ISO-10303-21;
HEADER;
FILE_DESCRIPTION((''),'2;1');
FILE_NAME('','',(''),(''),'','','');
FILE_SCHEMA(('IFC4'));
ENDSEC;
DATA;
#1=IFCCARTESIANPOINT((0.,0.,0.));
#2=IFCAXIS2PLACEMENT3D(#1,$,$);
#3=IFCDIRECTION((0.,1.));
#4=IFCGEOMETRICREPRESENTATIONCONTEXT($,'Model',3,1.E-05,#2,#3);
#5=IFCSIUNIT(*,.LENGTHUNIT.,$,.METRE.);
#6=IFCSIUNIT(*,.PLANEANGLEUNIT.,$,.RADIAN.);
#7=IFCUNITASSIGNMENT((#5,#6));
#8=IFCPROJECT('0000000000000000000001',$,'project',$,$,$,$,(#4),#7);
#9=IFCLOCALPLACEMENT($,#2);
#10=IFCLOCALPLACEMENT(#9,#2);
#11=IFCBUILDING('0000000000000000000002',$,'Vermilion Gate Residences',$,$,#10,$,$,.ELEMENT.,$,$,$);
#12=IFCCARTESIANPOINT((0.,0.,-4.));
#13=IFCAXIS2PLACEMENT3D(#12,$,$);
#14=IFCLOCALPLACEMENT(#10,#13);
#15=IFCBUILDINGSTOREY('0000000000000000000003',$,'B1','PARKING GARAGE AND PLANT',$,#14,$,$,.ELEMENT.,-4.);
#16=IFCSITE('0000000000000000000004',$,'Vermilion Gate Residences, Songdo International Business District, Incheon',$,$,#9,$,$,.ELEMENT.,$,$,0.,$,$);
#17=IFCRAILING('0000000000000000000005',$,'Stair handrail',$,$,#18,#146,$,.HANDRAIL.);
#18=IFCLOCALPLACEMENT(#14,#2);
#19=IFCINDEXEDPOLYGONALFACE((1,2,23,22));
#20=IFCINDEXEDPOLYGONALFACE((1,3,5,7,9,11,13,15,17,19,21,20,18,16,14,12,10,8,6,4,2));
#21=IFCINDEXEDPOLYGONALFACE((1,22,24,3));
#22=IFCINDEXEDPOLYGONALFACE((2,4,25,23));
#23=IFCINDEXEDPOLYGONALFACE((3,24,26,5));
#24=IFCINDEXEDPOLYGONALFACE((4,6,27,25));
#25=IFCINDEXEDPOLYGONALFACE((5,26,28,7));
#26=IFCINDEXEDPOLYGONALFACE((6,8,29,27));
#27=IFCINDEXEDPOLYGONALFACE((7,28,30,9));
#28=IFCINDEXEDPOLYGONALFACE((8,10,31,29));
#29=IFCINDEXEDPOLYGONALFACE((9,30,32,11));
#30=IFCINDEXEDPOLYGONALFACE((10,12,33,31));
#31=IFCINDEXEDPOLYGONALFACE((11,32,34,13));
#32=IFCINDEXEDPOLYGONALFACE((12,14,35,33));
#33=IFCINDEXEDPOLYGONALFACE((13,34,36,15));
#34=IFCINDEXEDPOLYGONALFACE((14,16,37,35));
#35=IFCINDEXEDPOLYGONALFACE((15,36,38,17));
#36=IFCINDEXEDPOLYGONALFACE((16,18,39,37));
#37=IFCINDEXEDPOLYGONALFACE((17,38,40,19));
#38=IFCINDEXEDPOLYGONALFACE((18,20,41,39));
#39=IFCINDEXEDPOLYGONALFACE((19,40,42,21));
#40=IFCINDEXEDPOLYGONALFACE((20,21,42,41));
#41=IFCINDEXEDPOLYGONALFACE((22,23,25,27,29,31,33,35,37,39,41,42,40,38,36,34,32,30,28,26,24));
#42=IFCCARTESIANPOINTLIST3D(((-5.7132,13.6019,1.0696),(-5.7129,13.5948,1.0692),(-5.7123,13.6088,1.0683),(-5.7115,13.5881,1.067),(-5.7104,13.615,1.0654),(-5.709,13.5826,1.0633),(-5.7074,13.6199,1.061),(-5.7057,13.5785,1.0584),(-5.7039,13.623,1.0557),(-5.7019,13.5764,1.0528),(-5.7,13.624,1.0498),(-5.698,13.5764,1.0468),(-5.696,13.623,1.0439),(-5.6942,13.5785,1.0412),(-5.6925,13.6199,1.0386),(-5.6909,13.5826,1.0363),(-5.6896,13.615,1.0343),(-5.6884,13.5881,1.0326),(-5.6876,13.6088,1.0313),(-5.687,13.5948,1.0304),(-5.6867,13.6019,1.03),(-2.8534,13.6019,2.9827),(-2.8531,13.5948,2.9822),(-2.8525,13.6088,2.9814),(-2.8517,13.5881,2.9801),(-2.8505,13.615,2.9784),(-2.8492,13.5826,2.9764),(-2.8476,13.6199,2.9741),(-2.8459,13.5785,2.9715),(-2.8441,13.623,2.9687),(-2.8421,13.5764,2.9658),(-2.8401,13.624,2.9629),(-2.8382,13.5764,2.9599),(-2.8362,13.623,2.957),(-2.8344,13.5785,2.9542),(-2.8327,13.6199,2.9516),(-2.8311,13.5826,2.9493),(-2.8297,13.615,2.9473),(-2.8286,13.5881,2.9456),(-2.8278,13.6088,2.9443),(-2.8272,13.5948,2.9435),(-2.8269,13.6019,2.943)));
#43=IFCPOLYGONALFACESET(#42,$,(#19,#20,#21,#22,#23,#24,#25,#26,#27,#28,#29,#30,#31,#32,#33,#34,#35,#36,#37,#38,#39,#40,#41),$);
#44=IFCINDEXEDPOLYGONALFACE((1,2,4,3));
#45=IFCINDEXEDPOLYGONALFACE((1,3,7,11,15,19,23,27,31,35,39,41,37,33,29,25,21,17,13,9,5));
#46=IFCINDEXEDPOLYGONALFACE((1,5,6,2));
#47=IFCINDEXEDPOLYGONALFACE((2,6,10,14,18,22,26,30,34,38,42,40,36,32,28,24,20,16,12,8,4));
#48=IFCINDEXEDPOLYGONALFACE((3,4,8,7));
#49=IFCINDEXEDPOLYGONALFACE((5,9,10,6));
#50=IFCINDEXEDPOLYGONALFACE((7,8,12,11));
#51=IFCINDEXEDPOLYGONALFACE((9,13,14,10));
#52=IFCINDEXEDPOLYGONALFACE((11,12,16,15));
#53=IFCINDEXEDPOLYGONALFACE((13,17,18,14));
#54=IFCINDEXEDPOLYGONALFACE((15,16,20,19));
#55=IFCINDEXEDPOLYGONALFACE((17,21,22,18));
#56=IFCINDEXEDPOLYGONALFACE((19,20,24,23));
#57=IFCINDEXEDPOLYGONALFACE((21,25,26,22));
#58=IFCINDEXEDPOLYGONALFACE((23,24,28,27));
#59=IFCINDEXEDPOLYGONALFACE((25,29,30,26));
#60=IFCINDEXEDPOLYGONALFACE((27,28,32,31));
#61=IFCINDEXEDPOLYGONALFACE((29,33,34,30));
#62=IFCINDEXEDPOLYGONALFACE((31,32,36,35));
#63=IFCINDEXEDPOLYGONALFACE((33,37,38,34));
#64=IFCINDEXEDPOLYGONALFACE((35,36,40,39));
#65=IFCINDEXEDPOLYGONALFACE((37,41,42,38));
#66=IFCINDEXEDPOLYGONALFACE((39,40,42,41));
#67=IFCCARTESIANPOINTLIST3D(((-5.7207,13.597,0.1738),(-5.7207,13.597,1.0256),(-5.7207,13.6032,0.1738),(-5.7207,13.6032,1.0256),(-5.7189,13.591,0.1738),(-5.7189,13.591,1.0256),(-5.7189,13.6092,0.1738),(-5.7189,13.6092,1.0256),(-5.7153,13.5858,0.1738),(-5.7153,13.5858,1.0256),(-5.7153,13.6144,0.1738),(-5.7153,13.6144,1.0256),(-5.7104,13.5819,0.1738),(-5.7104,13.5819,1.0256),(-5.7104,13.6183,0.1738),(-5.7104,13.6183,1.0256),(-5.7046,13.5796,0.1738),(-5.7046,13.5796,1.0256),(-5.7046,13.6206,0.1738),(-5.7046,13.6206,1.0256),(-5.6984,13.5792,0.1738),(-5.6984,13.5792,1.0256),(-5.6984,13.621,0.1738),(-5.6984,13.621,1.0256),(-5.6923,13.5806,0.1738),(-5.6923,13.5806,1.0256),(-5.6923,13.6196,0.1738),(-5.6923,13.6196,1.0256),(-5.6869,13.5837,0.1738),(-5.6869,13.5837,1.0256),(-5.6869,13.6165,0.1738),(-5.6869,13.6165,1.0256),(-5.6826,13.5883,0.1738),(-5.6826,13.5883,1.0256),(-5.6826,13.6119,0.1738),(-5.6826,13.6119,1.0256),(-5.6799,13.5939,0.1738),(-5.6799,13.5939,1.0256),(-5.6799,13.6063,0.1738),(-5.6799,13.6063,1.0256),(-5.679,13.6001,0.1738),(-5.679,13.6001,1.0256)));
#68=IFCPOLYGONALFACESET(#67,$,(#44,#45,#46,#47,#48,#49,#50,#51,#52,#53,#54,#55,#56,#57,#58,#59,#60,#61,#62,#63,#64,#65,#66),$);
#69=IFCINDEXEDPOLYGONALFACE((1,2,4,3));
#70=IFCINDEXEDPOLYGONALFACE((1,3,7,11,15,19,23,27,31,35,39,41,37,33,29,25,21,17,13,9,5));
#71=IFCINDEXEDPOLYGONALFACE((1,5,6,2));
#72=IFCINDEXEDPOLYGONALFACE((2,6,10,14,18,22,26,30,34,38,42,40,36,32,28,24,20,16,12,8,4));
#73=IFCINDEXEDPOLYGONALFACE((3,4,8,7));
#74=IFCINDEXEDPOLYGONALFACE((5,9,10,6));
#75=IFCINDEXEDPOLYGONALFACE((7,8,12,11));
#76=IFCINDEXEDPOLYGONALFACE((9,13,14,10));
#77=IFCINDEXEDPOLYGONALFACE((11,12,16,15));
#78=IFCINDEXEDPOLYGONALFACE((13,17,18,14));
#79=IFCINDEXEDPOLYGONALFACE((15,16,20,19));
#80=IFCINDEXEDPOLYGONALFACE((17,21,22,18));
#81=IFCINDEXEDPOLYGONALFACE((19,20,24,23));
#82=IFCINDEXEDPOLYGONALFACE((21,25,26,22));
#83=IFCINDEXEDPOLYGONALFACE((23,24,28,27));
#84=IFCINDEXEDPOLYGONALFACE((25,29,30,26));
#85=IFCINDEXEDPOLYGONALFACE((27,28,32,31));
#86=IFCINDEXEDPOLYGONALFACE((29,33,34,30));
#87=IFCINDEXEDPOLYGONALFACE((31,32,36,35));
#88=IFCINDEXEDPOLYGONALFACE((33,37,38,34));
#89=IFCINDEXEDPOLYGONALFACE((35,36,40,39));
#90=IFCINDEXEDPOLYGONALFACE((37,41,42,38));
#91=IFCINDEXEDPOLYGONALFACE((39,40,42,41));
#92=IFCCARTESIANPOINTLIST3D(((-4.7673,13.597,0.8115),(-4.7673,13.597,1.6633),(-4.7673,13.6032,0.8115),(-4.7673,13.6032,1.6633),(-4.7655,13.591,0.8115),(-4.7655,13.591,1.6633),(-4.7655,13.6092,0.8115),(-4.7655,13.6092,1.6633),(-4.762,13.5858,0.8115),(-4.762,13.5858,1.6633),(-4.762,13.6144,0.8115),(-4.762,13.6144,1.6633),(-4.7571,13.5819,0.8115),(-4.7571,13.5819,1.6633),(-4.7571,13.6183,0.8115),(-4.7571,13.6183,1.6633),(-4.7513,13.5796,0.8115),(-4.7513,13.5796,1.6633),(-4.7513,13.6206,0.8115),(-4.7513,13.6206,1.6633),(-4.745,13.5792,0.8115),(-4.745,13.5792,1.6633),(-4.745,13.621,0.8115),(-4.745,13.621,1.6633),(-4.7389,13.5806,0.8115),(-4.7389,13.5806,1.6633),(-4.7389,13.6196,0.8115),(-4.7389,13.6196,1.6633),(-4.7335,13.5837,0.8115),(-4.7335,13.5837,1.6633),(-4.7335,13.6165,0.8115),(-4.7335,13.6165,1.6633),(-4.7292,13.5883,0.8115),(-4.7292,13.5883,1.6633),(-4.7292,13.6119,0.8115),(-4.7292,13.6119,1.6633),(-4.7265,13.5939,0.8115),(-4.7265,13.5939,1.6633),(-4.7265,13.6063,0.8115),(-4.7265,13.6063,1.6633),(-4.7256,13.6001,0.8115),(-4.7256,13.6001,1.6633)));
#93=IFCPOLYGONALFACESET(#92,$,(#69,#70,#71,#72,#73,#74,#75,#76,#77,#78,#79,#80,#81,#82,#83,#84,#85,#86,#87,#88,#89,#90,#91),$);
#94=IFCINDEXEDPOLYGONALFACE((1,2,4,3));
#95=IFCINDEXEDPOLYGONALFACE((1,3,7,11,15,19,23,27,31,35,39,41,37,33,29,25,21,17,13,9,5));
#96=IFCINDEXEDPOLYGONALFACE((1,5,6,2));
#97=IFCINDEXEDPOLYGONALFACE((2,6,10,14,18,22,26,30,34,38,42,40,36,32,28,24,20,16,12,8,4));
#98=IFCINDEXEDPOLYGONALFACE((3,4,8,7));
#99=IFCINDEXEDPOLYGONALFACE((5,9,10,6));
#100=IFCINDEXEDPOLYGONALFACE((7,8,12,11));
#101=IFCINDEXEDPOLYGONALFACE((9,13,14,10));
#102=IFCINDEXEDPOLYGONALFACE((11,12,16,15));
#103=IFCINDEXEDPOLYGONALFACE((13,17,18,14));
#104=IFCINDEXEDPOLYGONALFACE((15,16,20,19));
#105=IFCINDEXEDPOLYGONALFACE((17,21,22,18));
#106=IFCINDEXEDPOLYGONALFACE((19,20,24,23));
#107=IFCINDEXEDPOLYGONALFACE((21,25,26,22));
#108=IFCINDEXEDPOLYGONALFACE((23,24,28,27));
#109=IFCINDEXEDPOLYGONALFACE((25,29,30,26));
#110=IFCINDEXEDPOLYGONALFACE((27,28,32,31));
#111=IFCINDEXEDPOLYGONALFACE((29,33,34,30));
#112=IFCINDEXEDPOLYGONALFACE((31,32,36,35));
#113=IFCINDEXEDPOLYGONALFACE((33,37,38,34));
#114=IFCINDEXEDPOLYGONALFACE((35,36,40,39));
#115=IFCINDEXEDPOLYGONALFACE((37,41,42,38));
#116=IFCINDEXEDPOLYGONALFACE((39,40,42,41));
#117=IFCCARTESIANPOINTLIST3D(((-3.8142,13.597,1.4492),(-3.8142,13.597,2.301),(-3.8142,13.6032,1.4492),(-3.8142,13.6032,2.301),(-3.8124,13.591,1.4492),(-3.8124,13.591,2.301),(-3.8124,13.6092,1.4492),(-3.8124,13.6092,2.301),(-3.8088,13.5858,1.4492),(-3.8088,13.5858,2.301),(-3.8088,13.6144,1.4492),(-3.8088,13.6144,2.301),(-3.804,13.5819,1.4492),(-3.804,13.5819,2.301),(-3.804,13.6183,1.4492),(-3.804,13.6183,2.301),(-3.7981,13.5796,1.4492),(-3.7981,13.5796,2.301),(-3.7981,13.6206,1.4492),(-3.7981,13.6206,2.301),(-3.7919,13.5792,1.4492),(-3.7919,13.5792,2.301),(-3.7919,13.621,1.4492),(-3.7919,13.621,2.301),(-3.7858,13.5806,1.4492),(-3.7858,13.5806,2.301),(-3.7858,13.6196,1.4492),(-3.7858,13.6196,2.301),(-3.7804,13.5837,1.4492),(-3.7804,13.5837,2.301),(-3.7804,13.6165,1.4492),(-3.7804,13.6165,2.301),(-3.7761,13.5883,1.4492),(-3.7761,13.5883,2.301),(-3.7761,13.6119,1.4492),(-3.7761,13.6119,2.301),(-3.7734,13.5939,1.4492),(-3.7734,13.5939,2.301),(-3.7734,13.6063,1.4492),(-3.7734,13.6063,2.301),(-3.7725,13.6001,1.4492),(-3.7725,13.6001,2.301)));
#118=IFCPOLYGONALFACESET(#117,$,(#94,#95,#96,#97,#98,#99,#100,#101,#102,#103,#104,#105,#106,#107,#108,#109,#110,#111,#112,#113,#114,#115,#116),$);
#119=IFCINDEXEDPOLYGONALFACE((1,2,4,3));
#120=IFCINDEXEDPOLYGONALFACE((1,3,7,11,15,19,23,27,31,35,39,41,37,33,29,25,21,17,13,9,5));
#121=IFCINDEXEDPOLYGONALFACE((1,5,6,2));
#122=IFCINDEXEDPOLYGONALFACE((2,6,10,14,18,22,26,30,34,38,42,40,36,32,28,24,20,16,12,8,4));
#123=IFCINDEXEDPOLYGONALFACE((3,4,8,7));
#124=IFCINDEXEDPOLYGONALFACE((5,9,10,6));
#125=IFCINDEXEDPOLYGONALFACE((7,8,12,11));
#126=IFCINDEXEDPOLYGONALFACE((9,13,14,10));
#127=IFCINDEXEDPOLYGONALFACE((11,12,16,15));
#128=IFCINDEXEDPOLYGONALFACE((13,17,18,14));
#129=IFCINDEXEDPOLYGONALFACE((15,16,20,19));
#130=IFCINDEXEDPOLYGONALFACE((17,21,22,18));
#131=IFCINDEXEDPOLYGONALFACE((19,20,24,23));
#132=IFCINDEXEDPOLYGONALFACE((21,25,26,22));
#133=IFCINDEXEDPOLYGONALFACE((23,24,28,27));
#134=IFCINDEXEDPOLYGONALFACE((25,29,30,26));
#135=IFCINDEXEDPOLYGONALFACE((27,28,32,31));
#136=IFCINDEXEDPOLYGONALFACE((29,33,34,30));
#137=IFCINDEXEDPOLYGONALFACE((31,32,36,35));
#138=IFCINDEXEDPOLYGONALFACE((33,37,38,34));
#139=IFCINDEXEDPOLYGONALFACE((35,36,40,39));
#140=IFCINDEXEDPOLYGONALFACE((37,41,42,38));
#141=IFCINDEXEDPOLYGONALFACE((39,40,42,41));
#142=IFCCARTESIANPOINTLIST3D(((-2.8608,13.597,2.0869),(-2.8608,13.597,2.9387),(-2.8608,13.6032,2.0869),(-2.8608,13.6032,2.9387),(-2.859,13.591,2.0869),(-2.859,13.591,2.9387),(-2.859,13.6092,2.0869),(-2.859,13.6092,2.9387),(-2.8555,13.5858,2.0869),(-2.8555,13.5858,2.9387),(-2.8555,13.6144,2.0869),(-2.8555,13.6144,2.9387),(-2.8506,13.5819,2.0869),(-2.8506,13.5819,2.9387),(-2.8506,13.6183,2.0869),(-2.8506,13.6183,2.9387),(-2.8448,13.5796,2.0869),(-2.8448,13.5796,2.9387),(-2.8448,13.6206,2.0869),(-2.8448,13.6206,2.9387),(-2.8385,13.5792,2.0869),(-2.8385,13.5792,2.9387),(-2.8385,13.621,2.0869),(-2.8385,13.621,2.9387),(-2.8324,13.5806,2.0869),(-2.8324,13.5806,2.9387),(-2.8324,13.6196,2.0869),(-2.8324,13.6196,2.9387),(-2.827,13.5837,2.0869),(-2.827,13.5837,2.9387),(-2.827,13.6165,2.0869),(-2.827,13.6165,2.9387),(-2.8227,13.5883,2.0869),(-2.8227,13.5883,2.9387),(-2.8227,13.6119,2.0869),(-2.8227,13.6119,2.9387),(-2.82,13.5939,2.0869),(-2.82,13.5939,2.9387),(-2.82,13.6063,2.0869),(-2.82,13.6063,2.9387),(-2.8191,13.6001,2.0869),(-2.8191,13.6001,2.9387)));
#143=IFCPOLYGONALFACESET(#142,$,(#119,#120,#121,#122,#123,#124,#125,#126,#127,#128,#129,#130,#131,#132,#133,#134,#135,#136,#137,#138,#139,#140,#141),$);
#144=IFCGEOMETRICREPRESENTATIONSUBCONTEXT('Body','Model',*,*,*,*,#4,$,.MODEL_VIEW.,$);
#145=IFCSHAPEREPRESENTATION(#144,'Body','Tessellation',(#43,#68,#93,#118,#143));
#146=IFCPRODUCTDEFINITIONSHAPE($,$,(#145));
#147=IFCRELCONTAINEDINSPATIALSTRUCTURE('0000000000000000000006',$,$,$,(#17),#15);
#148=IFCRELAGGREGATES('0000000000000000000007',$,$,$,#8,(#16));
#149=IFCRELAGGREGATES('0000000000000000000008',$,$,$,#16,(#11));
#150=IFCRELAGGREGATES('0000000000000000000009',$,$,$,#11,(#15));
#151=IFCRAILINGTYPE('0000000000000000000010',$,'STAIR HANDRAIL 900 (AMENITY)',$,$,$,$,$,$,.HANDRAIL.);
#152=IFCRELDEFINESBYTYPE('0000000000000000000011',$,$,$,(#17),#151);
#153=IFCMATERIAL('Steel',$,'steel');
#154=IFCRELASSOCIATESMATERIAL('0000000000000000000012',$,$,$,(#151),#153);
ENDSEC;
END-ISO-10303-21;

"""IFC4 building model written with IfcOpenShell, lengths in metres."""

from ifc_helpers import new_model, si_unit, direction, frame, origin, origin_2d, place, context, subcontext, project, spatial, circle, extrude, material, type_object, element, save


model = new_model("IFC4")

# Units and contexts
model_context = context("Model", 3, precision=1e-05, world=origin(), true_north=direction((0.0, 1.0)))
body_context = subcontext(model_context, "Body", "Model", "MODEL_VIEW")
ifc_project = project(units=[si_unit("LENGTHUNIT", "METRE"), si_unit("PLANEANGLEUNIT", "RADIAN")], contexts=[model_context])

# Site, building, storey
site_placement = place(None, origin())
site = spatial("IfcSite", under=ifc_project, at=site_placement, Name="Vermilion Gate Residences, Songdo International Business District, Incheon", CompositionType="ELEMENT", RefElevation=0.0)
building_placement = place(site_placement, origin())
building = spatial("IfcBuilding", under=site, at=building_placement, Name="Vermilion Gate Residences", CompositionType="ELEMENT")
storey_placement = place(building_placement, frame((0.0, 0.0, -4.0)))
storey = spatial("IfcBuildingStorey", under=building, at=storey_placement, Name="B1", Description="PARKING GARAGE AND PLANT", CompositionType="ELEMENT", Elevation=-4.0)

# Railing
ifc_material_1 = material(Name="Steel", Category="steel")
railing_type = type_object("IfcRailingType", Name="STAIR HANDRAIL 900 (AMENITY)", PredefinedType="HANDRAIL", material=ifc_material_1)
railing_1_placement = place(storey_placement, frame((-5.7, 13.6001, 0.1738)))
element("IfcRailing", 1, at=railing_1_placement, inside=storey, type_object=railing_type, Name="Stair handrail", PredefinedType="HANDRAIL", context=body_context, shape_type="SweptSolid", body=[
    extrude(circle(Radius=0.0239, at=origin_2d()), frame((0.0, 0.0, 0.876), z_axis=(0.831176, 0.0, 0.556009), x_axis=(0.0, 1.0, 0.0)), (0.0, 0.0, 1.0), 3.4407),
    extrude(circle(Radius=0.021, at=origin_2d()), origin(), (0.0, 0.0, 1.0), 0.8518),
    extrude(circle(Radius=0.021, at=origin_2d()), frame((0.9534, 0.0, 0.6377)), (0.0, 0.0, 1.0), 0.8518),
    extrude(circle(Radius=0.021, at=origin_2d()), frame((1.9065, 0.0, 1.2754)), (0.0, 0.0, 1.0), 0.8518),
    extrude(circle(Radius=0.021, at=origin_2d()), frame((2.8599, 0.0, 1.9131)), (0.0, 0.0, 1.0), 0.8518),
])

save(model, "model.ifc")
